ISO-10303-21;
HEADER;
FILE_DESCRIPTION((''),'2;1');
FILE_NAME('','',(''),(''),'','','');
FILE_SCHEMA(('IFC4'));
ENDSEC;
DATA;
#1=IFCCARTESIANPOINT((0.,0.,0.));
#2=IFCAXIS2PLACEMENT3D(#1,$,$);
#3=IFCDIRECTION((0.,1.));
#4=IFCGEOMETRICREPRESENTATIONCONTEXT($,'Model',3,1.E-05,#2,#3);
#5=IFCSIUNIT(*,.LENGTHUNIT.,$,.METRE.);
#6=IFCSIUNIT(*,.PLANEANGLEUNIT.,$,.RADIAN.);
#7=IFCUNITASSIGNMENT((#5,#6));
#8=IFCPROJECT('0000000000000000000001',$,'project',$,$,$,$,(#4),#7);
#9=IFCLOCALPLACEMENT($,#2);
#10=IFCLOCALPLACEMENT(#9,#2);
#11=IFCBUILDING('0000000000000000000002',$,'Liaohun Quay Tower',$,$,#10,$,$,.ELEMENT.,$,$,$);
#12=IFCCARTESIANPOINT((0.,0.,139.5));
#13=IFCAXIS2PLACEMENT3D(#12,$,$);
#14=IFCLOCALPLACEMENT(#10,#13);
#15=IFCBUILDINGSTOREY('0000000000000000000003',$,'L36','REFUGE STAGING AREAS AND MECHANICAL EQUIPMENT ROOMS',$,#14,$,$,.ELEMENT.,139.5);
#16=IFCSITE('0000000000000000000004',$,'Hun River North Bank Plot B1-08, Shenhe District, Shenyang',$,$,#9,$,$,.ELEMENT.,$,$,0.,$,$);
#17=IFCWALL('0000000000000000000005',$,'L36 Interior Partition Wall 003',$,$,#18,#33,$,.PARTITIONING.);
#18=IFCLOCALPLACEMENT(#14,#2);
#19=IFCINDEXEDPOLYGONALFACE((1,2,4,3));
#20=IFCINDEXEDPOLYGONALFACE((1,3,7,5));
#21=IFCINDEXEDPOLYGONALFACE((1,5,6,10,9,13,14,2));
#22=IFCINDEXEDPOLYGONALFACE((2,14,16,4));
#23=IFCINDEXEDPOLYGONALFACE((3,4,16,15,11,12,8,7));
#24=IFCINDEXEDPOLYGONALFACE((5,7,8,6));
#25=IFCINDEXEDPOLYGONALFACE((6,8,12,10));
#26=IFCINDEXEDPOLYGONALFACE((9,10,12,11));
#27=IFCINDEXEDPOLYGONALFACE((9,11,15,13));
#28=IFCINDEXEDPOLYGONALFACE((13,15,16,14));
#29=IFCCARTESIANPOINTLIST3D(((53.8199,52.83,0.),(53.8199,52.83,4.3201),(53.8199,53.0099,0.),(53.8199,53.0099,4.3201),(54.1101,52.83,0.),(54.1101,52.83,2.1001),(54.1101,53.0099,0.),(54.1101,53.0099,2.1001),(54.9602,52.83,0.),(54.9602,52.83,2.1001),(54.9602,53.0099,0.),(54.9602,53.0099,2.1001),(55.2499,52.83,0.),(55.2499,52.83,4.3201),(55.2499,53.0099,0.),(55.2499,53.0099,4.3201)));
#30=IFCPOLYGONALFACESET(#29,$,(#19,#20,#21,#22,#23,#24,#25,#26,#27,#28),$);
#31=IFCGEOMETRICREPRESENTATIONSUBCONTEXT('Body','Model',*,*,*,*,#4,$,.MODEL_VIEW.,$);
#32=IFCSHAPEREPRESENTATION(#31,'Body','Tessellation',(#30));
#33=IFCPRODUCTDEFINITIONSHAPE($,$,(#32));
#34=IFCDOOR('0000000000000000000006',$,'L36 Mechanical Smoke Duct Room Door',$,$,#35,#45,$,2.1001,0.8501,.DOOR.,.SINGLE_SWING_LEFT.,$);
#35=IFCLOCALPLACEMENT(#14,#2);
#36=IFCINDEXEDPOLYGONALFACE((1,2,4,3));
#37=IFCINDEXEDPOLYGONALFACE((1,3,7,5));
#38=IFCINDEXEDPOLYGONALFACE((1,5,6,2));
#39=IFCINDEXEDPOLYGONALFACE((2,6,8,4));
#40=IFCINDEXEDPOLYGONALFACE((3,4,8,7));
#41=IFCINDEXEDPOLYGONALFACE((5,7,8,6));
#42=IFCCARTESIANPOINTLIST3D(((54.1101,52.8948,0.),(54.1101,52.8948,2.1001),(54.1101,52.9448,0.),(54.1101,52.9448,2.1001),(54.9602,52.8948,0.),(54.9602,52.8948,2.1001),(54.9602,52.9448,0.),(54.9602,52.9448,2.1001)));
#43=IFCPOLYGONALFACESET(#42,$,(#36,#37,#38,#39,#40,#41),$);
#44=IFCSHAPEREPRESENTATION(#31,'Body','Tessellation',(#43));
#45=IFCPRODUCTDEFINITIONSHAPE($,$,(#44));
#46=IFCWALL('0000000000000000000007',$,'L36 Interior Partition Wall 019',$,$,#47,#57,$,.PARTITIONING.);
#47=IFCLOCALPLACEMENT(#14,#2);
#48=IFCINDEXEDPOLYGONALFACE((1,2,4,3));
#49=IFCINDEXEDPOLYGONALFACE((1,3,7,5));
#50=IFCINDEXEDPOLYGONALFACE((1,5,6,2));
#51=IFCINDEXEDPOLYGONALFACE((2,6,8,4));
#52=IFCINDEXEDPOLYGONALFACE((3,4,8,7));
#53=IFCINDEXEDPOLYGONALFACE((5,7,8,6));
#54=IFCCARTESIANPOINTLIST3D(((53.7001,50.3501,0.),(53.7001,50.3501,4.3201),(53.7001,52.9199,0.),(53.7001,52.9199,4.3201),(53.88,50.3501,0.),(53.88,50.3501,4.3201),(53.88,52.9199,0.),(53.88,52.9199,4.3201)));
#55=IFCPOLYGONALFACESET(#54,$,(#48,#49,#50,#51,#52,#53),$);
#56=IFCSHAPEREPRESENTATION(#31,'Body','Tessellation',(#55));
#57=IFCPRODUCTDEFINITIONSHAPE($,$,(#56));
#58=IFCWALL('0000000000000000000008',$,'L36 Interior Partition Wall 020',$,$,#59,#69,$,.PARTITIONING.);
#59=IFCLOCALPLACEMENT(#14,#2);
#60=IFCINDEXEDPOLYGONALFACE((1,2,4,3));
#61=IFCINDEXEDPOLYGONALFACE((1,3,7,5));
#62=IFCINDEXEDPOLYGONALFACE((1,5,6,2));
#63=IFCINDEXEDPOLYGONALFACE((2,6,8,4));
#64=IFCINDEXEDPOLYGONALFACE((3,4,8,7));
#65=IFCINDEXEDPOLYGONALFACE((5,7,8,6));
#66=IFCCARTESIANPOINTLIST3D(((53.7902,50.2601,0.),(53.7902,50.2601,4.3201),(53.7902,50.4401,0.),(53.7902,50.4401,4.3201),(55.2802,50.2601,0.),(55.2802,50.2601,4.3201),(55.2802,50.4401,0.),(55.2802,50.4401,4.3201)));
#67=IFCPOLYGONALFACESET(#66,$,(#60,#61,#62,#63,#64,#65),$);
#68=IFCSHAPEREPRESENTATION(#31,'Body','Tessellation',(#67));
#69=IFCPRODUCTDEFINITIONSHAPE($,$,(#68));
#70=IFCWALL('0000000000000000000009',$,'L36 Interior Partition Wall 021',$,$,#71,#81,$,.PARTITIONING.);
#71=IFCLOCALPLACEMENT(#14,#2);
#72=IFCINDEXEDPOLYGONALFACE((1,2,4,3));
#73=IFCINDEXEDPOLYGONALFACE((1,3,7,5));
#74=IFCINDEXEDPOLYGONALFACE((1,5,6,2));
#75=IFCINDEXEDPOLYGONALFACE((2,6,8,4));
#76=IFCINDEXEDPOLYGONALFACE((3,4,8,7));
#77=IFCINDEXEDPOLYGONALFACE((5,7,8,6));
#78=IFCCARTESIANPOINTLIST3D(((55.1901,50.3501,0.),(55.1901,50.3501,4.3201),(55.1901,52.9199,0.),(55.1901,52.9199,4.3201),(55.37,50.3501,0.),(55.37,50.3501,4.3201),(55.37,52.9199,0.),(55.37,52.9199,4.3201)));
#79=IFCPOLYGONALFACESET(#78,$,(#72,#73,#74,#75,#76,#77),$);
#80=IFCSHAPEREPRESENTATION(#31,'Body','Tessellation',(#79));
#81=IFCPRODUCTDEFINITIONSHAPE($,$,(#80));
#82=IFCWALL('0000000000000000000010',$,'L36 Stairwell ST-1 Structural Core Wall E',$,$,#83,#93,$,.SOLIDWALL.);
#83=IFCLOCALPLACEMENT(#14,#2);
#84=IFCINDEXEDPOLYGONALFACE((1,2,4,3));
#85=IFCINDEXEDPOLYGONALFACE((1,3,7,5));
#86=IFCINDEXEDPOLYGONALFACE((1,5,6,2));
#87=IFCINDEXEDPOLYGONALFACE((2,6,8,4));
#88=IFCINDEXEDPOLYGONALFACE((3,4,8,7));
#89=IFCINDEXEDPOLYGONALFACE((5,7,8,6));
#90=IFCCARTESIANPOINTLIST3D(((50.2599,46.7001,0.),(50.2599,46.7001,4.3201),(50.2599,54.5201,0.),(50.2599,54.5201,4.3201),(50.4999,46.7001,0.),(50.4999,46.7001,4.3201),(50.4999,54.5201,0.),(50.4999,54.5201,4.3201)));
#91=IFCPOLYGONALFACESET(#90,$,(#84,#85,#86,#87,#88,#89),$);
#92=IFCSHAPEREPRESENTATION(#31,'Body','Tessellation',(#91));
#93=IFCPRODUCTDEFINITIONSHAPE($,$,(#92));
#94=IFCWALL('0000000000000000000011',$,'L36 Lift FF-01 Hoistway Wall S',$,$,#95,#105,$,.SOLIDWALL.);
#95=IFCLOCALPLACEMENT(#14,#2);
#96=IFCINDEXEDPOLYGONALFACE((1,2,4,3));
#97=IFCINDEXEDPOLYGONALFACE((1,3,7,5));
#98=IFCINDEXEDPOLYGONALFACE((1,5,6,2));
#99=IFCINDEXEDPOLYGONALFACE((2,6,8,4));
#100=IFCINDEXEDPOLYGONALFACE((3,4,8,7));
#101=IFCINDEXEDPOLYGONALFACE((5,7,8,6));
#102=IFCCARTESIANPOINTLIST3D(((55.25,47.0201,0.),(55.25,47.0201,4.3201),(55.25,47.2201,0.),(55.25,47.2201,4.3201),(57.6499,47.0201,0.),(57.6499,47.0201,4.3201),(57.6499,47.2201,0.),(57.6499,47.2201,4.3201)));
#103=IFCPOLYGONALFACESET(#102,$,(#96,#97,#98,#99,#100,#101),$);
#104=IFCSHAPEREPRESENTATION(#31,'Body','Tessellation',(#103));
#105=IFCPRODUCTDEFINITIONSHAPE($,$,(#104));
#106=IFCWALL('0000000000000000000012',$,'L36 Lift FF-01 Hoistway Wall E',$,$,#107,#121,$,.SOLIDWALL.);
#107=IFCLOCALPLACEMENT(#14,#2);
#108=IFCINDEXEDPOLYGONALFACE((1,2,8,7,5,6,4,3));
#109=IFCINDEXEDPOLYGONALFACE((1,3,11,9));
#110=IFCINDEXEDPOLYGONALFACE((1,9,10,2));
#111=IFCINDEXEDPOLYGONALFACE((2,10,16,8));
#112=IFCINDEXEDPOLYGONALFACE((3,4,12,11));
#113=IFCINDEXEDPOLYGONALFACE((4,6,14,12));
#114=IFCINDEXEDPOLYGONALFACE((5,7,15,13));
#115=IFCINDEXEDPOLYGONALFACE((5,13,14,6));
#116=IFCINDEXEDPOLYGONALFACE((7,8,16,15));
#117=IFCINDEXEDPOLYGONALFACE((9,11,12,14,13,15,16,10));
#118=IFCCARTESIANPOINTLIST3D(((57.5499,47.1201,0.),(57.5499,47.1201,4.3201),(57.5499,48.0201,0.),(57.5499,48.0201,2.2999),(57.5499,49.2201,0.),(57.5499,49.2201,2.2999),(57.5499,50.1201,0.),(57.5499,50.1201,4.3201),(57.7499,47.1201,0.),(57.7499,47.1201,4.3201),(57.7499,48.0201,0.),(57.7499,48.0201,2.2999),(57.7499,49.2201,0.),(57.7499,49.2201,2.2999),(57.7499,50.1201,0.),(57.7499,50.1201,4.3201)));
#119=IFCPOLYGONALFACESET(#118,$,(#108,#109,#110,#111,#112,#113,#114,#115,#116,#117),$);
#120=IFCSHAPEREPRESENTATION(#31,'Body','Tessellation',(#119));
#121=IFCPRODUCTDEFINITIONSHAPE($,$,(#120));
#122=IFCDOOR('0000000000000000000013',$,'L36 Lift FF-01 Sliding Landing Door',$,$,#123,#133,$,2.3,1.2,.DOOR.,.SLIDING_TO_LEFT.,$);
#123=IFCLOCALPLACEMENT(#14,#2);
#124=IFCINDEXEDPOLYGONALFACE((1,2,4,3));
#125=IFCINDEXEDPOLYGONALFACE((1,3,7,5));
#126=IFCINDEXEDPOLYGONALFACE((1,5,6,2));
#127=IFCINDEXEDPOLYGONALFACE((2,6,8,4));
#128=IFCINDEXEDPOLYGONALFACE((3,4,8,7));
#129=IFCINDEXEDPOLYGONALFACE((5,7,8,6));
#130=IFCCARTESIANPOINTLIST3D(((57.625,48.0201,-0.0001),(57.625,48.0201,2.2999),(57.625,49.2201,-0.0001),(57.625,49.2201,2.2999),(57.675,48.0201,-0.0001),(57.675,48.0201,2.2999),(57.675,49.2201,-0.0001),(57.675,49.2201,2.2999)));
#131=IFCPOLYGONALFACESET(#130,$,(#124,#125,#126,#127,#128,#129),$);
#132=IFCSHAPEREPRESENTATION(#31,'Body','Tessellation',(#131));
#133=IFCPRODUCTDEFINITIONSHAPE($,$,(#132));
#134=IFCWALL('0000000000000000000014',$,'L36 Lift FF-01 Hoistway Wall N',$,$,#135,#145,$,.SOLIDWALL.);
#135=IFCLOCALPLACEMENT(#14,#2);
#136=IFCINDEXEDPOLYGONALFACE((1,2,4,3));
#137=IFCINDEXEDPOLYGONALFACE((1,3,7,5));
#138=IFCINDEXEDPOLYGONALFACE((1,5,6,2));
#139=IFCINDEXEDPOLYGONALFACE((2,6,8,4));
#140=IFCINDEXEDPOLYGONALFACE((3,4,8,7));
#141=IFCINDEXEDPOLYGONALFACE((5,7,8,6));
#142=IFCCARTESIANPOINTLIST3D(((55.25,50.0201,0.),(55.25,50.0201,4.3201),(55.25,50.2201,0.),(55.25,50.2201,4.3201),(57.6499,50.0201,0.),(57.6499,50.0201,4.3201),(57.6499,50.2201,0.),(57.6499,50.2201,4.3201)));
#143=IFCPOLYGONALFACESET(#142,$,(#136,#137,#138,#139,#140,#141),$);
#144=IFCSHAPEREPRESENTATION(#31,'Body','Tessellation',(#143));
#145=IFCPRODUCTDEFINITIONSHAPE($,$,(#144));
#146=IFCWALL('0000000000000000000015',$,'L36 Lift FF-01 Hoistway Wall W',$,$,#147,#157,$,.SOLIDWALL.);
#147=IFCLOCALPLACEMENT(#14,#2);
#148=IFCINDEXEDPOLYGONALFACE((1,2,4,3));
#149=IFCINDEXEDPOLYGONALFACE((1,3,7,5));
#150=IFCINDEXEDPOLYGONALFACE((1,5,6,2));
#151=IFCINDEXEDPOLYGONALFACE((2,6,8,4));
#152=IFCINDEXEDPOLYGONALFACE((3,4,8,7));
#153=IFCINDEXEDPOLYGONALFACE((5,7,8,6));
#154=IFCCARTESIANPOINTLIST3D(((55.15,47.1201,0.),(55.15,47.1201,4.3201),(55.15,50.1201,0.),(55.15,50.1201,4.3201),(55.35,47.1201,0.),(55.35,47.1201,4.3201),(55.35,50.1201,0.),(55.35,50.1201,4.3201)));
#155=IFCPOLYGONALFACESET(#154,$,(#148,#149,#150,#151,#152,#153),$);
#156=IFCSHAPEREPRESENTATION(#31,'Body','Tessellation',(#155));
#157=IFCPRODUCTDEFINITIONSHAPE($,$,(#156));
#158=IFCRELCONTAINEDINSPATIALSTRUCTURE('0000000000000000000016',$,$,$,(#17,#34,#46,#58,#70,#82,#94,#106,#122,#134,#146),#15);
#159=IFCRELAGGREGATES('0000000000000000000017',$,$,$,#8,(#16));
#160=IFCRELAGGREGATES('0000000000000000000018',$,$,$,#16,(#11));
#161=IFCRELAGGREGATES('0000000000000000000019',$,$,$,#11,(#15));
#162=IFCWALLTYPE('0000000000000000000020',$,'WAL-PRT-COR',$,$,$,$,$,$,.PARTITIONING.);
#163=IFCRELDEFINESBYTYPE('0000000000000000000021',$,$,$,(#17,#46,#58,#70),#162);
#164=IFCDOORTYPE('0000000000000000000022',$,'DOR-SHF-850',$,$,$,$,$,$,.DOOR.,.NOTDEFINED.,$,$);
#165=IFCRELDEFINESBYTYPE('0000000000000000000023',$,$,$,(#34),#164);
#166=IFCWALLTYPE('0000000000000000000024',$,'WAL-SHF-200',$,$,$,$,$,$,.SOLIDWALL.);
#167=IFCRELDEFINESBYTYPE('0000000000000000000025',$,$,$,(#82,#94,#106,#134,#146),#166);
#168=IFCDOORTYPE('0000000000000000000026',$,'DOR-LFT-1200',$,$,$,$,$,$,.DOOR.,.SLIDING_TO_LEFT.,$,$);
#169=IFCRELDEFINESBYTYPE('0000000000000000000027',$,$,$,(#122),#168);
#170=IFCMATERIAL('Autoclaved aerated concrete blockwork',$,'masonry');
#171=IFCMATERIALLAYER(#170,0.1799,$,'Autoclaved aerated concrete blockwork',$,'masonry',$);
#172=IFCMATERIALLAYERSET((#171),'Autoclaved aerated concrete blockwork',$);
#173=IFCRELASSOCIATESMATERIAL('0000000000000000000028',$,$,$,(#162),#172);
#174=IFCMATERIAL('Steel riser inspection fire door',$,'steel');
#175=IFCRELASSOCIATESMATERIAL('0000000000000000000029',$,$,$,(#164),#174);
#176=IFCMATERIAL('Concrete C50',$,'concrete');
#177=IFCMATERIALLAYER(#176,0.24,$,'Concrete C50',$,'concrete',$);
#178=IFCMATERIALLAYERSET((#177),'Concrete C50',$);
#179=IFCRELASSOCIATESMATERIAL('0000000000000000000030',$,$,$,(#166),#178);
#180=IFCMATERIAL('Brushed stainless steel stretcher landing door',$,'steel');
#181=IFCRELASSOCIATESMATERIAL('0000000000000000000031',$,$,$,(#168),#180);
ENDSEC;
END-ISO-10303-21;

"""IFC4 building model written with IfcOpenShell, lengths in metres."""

from ifc_helpers import new_model, si_unit, direction, frame, frame_2d, origin, place, context, subcontext, project, spatial, rectangle, extrude, source, transform, mapped, material, layer, layer_set, type_object, element, fill, save


model = new_model("IFC4")

# Units and contexts
model_context = context("Model", 3, precision=1e-05, world=origin(), true_north=direction((0.0, 1.0)))
body_context = subcontext(model_context, "Body", "Model", "MODEL_VIEW")
ifc_project = project(units=[si_unit("LENGTHUNIT", "METRE"), si_unit("PLANEANGLEUNIT", "RADIAN")], contexts=[model_context])

# Site, building, storey
site_placement = place(None, origin())
site = spatial("IfcSite", under=ifc_project, at=site_placement, Name="Hun River North Bank Plot B1-08, Shenhe District, Shenyang", CompositionType="ELEMENT", RefElevation=0.0)
building_placement = place(site_placement, origin())
building = spatial("IfcBuilding", under=site, at=building_placement, Name="Liaohun Quay Tower", CompositionType="ELEMENT")
storey_placement = place(building_placement, frame((0.0, 0.0, 139.5)))
storey = spatial("IfcBuildingStorey", under=building, at=storey_placement, Name="L36", Description="REFUGE STAGING AREAS AND MECHANICAL EQUIPMENT ROOMS", CompositionType="ELEMENT", Elevation=139.5)

# Wall, opening, door
ifc_material_1 = material(Name="Autoclaved aerated concrete blockwork", Category="masonry")
ifc_layer_1 = layer(ifc_material_1, 0.1799, Name="Autoclaved aerated concrete blockwork", Category="masonry")
ifc_layer_set_1 = layer_set([ifc_layer_1], Name="Autoclaved aerated concrete blockwork")
wall_type_1 = type_object("IfcWallType", Name="WAL-PRT-COR", PredefinedType="PARTITIONING", material=ifc_layer_set_1)
shared_shape_1 = source(origin(), body_context, "Body", "SweptSolid", [
    extrude(rectangle(XDim=0.8501, YDim=2.1001, at=frame_2d((0.425, 1.05))), frame((0.0, 0.0999, 0.0), z_axis=(0.0, -1.0, 0.0), x_axis=(1.0, 0.0, 0.0)), (0.0, 0.0, 1.0), 0.2),
])
ifc_material_2 = material(Name="Steel riser inspection fire door", Category="steel")
door_type_1 = type_object("IfcDoorType", Name="DOR-SHF-850", OperationType="NOTDEFINED", PredefinedType="DOOR", material=ifc_material_2)
shared_shape_2 = source(origin(), body_context, "Body", "SweptSolid", [
    extrude(rectangle(XDim=0.8501, YDim=2.1001, at=frame_2d((0.425, 1.05))), frame((0.0, 0.0249, 0.0), z_axis=(0.0, -1.0, 0.0), x_axis=(1.0, 0.0, 0.0)), (0.0, 0.0, 1.0), 0.05),
])
wall_1_placement = place(storey_placement, frame((53.8201, 52.9199, 0.0), z_axis=(0.0, 0.0, 1.0), x_axis=(1.0, 0.0, 0.0)))
wall_1 = element("IfcWall", 1, at=wall_1_placement, inside=storey, type_object=wall_type_1, Name="L36 Interior Partition Wall 003", PredefinedType="PARTITIONING", context=body_context, shape_type="SweptSolid", body=[
    extrude(rectangle(XDim=1.4299, YDim=0.1799, at=frame_2d((0.7148, 0.0))), origin(), (0.0, 0.0, 1.0), 4.3201),
])
opening_1_placement = place(wall_1_placement, frame((0.29, 0.0, 0.0)))
opening_1 = element("IfcOpeningElement", 2, at=opening_1_placement, cuts=wall_1, PredefinedType="OPENING", context=body_context, shape_type="MappedRepresentation", body=[
    mapped(shared_shape_1, transform((0.0, 0.0, 0.0), x_axis=(1.0, 0.0, 0.0), y_axis=(0.0, 1.0, 0.0), z_axis=(0.0, 0.0, 1.0), scale=1.0)),
])
door_1_placement = place(opening_1_placement, origin())
door_1 = element("IfcDoor", 3, at=door_1_placement, inside=storey, type_object=door_type_1, Name="L36 Mechanical Smoke Duct Room Door", OperationType="SINGLE_SWING_LEFT", OverallHeight=2.1001, OverallWidth=0.8501, PredefinedType="DOOR", context=body_context, shape_type="MappedRepresentation", body=[
    mapped(shared_shape_2, transform((0.0, 0.0, 0.0), x_axis=(1.0, 0.0, 0.0), y_axis=(0.0, 1.0, 0.0), z_axis=(0.0, 0.0, 1.0), scale=1.0)),
])
fill(opening_1, door_1)

# Walls
wall_2_placement = place(storey_placement, frame((53.79, 50.3501, 0.0), z_axis=(0.0, 0.0, 1.0), x_axis=(0.0, 1.0, 0.0)))
element("IfcWall", 4, at=wall_2_placement, inside=storey, type_object=wall_type_1, Name="L36 Interior Partition Wall 019", PredefinedType="PARTITIONING", context=body_context, shape_type="SweptSolid", body=[
    extrude(rectangle(XDim=2.5698, YDim=0.1799, at=frame_2d((1.2849, 0.0))), origin(), (0.0, 0.0, 1.0), 4.3201),
])
wall_3_placement = place(storey_placement, frame((53.79, 50.3501, 0.0), z_axis=(0.0, 0.0, 1.0), x_axis=(1.0, 0.0, 0.0)))
element("IfcWall", 5, at=wall_3_placement, inside=storey, type_object=wall_type_1, Name="L36 Interior Partition Wall 020", PredefinedType="PARTITIONING", context=body_context, shape_type="SweptSolid", body=[
    extrude(rectangle(XDim=1.49, YDim=0.1799, at=frame_2d((0.7451, 0.0))), origin(), (0.0, 0.0, 1.0), 4.3201),
])
wall_4_placement = place(storey_placement, frame((55.28, 50.3501, 0.0), z_axis=(0.0, 0.0, 1.0), x_axis=(0.0, 1.0, 0.0)))
element("IfcWall", 6, at=wall_4_placement, inside=storey, type_object=wall_type_1, Name="L36 Interior Partition Wall 021", PredefinedType="PARTITIONING", context=body_context, shape_type="SweptSolid", body=[
    extrude(rectangle(XDim=2.5698, YDim=0.1799, at=frame_2d((1.2849, 0.0))), origin(), (0.0, 0.0, 1.0), 4.3201),
])
ifc_material_3 = material(Name="Concrete C50", Category="concrete")
ifc_layer_2 = layer(ifc_material_3, 0.24, Name="Concrete C50", Category="concrete")
ifc_layer_set_2 = layer_set([ifc_layer_2], Name="Concrete C50")
wall_type_2 = type_object("IfcWallType", Name="WAL-SHF-200", PredefinedType="SOLIDWALL", material=ifc_layer_set_2)
wall_5_placement = place(storey_placement, frame((50.3799, 46.7, 0.0), z_axis=(0.0, 0.0, 1.0), x_axis=(0.0, 1.0, 0.0)))
element("IfcWall", 7, at=wall_5_placement, inside=storey, type_object=wall_type_2, Name="L36 Stairwell ST-1 Structural Core Wall E", PredefinedType="SOLIDWALL", context=body_context, shape_type="SweptSolid", body=[
    extrude(rectangle(XDim=7.8201, YDim=0.24, at=frame_2d((3.9102, 0.0))), origin(), (0.0, 0.0, 1.0), 4.3201),
])
wall_6_placement = place(storey_placement, frame((55.25, 47.1201, 0.0), z_axis=(0.0, 0.0, 1.0), x_axis=(1.0, 0.0, 0.0)))
element("IfcWall", 8, at=wall_6_placement, inside=storey, type_object=wall_type_2, Name="L36 Lift FF-01 Hoistway Wall S", PredefinedType="SOLIDWALL", context=body_context, shape_type="SweptSolid", body=[
    extrude(rectangle(XDim=2.3999, YDim=0.2, at=frame_2d((1.2, 0.0))), origin(), (0.0, 0.0, 1.0), 4.3201),
])

# Wall, opening, door
wall_7_placement = place(storey_placement, frame((57.6499, 47.1201, 0.0), z_axis=(0.0, 0.0, 1.0), x_axis=(0.0, 1.0, 0.0)))
wall_7 = element("IfcWall", 9, at=wall_7_placement, inside=storey, type_object=wall_type_2, Name="L36 Lift FF-01 Hoistway Wall E", PredefinedType="SOLIDWALL", context=body_context, shape_type="SweptSolid", body=[
    extrude(rectangle(XDim=3.0, YDim=0.2, at=frame_2d((1.5, 0.0))), origin(), (0.0, 0.0, 1.0), 4.3201),
])
shared_shape_3 = source(origin(), body_context, "Body", "SweptSolid", [
    extrude(rectangle(XDim=1.2, YDim=2.3, at=frame_2d((0.6001, 1.1499))), frame((0.0, 0.1099, 0.0), z_axis=(0.0, -1.0, 0.0), x_axis=(1.0, 0.0, 0.0)), (0.0, 0.0, 1.0), 0.22),
])
opening_2_placement = place(wall_7_placement, frame((0.8999, 0.0, 0.0)))
opening_2 = element("IfcOpeningElement", 10, at=opening_2_placement, cuts=wall_7, PredefinedType="OPENING", context=body_context, shape_type="MappedRepresentation", body=[
    mapped(shared_shape_3, transform((0.0, 0.0, 0.0), x_axis=(1.0, 0.0, 0.0), y_axis=(0.0, 1.0, 0.0), z_axis=(0.0, 0.0, 1.0), scale=1.0)),
])
ifc_material_4 = material(Name="Brushed stainless steel stretcher landing door", Category="steel")
door_type_2 = type_object("IfcDoorType", Name="DOR-LFT-1200", OperationType="SLIDING_TO_LEFT", PredefinedType="DOOR", material=ifc_material_4)
shared_shape_4 = source(origin(), body_context, "Body", "SweptSolid", [
    extrude(rectangle(XDim=1.2, YDim=2.3, at=frame_2d((0.6001, 1.1499))), frame((0.0, 0.0249, 0.0), z_axis=(0.0, -1.0, 0.0), x_axis=(1.0, 0.0, 0.0)), (0.0, 0.0, 1.0), 0.05),
])
door_2_placement = place(opening_2_placement, origin())
door_2 = element("IfcDoor", 11, at=door_2_placement, inside=storey, type_object=door_type_2, Name="L36 Lift FF-01 Sliding Landing Door", OperationType="SLIDING_TO_LEFT", OverallHeight=2.3, OverallWidth=1.2, PredefinedType="DOOR", context=body_context, shape_type="MappedRepresentation", body=[
    mapped(shared_shape_4, transform((0.0, 0.0, 0.0), x_axis=(1.0, 0.0, 0.0), y_axis=(0.0, 1.0, 0.0), z_axis=(0.0, 0.0, 1.0), scale=1.0)),
])
fill(opening_2, door_2)

# Walls
wall_8_placement = place(storey_placement, frame((57.6499, 50.1201, 0.0), z_axis=(0.0, 0.0, 1.0), x_axis=(-1.0, 0.0, 0.0)))
element("IfcWall", 12, at=wall_8_placement, inside=storey, type_object=wall_type_2, Name="L36 Lift FF-01 Hoistway Wall N", PredefinedType="SOLIDWALL", context=body_context, shape_type="SweptSolid", body=[
    extrude(rectangle(XDim=2.3999, YDim=0.2, at=frame_2d((1.2, 0.0))), origin(), (0.0, 0.0, 1.0), 4.3201),
])
wall_9_placement = place(storey_placement, frame((55.25, 50.1201, 0.0), z_axis=(0.0, 0.0, 1.0), x_axis=(0.0, -1.0, 0.0)))
element("IfcWall", 13, at=wall_9_placement, inside=storey, type_object=wall_type_2, Name="L36 Lift FF-01 Hoistway Wall W", PredefinedType="SOLIDWALL", context=body_context, shape_type="SweptSolid", body=[
    extrude(rectangle(XDim=3.0, YDim=0.2, at=frame_2d((1.5, 0.0))), origin(), (0.0, 0.0, 1.0), 4.3201),
])

save(model, "model.ifc")
